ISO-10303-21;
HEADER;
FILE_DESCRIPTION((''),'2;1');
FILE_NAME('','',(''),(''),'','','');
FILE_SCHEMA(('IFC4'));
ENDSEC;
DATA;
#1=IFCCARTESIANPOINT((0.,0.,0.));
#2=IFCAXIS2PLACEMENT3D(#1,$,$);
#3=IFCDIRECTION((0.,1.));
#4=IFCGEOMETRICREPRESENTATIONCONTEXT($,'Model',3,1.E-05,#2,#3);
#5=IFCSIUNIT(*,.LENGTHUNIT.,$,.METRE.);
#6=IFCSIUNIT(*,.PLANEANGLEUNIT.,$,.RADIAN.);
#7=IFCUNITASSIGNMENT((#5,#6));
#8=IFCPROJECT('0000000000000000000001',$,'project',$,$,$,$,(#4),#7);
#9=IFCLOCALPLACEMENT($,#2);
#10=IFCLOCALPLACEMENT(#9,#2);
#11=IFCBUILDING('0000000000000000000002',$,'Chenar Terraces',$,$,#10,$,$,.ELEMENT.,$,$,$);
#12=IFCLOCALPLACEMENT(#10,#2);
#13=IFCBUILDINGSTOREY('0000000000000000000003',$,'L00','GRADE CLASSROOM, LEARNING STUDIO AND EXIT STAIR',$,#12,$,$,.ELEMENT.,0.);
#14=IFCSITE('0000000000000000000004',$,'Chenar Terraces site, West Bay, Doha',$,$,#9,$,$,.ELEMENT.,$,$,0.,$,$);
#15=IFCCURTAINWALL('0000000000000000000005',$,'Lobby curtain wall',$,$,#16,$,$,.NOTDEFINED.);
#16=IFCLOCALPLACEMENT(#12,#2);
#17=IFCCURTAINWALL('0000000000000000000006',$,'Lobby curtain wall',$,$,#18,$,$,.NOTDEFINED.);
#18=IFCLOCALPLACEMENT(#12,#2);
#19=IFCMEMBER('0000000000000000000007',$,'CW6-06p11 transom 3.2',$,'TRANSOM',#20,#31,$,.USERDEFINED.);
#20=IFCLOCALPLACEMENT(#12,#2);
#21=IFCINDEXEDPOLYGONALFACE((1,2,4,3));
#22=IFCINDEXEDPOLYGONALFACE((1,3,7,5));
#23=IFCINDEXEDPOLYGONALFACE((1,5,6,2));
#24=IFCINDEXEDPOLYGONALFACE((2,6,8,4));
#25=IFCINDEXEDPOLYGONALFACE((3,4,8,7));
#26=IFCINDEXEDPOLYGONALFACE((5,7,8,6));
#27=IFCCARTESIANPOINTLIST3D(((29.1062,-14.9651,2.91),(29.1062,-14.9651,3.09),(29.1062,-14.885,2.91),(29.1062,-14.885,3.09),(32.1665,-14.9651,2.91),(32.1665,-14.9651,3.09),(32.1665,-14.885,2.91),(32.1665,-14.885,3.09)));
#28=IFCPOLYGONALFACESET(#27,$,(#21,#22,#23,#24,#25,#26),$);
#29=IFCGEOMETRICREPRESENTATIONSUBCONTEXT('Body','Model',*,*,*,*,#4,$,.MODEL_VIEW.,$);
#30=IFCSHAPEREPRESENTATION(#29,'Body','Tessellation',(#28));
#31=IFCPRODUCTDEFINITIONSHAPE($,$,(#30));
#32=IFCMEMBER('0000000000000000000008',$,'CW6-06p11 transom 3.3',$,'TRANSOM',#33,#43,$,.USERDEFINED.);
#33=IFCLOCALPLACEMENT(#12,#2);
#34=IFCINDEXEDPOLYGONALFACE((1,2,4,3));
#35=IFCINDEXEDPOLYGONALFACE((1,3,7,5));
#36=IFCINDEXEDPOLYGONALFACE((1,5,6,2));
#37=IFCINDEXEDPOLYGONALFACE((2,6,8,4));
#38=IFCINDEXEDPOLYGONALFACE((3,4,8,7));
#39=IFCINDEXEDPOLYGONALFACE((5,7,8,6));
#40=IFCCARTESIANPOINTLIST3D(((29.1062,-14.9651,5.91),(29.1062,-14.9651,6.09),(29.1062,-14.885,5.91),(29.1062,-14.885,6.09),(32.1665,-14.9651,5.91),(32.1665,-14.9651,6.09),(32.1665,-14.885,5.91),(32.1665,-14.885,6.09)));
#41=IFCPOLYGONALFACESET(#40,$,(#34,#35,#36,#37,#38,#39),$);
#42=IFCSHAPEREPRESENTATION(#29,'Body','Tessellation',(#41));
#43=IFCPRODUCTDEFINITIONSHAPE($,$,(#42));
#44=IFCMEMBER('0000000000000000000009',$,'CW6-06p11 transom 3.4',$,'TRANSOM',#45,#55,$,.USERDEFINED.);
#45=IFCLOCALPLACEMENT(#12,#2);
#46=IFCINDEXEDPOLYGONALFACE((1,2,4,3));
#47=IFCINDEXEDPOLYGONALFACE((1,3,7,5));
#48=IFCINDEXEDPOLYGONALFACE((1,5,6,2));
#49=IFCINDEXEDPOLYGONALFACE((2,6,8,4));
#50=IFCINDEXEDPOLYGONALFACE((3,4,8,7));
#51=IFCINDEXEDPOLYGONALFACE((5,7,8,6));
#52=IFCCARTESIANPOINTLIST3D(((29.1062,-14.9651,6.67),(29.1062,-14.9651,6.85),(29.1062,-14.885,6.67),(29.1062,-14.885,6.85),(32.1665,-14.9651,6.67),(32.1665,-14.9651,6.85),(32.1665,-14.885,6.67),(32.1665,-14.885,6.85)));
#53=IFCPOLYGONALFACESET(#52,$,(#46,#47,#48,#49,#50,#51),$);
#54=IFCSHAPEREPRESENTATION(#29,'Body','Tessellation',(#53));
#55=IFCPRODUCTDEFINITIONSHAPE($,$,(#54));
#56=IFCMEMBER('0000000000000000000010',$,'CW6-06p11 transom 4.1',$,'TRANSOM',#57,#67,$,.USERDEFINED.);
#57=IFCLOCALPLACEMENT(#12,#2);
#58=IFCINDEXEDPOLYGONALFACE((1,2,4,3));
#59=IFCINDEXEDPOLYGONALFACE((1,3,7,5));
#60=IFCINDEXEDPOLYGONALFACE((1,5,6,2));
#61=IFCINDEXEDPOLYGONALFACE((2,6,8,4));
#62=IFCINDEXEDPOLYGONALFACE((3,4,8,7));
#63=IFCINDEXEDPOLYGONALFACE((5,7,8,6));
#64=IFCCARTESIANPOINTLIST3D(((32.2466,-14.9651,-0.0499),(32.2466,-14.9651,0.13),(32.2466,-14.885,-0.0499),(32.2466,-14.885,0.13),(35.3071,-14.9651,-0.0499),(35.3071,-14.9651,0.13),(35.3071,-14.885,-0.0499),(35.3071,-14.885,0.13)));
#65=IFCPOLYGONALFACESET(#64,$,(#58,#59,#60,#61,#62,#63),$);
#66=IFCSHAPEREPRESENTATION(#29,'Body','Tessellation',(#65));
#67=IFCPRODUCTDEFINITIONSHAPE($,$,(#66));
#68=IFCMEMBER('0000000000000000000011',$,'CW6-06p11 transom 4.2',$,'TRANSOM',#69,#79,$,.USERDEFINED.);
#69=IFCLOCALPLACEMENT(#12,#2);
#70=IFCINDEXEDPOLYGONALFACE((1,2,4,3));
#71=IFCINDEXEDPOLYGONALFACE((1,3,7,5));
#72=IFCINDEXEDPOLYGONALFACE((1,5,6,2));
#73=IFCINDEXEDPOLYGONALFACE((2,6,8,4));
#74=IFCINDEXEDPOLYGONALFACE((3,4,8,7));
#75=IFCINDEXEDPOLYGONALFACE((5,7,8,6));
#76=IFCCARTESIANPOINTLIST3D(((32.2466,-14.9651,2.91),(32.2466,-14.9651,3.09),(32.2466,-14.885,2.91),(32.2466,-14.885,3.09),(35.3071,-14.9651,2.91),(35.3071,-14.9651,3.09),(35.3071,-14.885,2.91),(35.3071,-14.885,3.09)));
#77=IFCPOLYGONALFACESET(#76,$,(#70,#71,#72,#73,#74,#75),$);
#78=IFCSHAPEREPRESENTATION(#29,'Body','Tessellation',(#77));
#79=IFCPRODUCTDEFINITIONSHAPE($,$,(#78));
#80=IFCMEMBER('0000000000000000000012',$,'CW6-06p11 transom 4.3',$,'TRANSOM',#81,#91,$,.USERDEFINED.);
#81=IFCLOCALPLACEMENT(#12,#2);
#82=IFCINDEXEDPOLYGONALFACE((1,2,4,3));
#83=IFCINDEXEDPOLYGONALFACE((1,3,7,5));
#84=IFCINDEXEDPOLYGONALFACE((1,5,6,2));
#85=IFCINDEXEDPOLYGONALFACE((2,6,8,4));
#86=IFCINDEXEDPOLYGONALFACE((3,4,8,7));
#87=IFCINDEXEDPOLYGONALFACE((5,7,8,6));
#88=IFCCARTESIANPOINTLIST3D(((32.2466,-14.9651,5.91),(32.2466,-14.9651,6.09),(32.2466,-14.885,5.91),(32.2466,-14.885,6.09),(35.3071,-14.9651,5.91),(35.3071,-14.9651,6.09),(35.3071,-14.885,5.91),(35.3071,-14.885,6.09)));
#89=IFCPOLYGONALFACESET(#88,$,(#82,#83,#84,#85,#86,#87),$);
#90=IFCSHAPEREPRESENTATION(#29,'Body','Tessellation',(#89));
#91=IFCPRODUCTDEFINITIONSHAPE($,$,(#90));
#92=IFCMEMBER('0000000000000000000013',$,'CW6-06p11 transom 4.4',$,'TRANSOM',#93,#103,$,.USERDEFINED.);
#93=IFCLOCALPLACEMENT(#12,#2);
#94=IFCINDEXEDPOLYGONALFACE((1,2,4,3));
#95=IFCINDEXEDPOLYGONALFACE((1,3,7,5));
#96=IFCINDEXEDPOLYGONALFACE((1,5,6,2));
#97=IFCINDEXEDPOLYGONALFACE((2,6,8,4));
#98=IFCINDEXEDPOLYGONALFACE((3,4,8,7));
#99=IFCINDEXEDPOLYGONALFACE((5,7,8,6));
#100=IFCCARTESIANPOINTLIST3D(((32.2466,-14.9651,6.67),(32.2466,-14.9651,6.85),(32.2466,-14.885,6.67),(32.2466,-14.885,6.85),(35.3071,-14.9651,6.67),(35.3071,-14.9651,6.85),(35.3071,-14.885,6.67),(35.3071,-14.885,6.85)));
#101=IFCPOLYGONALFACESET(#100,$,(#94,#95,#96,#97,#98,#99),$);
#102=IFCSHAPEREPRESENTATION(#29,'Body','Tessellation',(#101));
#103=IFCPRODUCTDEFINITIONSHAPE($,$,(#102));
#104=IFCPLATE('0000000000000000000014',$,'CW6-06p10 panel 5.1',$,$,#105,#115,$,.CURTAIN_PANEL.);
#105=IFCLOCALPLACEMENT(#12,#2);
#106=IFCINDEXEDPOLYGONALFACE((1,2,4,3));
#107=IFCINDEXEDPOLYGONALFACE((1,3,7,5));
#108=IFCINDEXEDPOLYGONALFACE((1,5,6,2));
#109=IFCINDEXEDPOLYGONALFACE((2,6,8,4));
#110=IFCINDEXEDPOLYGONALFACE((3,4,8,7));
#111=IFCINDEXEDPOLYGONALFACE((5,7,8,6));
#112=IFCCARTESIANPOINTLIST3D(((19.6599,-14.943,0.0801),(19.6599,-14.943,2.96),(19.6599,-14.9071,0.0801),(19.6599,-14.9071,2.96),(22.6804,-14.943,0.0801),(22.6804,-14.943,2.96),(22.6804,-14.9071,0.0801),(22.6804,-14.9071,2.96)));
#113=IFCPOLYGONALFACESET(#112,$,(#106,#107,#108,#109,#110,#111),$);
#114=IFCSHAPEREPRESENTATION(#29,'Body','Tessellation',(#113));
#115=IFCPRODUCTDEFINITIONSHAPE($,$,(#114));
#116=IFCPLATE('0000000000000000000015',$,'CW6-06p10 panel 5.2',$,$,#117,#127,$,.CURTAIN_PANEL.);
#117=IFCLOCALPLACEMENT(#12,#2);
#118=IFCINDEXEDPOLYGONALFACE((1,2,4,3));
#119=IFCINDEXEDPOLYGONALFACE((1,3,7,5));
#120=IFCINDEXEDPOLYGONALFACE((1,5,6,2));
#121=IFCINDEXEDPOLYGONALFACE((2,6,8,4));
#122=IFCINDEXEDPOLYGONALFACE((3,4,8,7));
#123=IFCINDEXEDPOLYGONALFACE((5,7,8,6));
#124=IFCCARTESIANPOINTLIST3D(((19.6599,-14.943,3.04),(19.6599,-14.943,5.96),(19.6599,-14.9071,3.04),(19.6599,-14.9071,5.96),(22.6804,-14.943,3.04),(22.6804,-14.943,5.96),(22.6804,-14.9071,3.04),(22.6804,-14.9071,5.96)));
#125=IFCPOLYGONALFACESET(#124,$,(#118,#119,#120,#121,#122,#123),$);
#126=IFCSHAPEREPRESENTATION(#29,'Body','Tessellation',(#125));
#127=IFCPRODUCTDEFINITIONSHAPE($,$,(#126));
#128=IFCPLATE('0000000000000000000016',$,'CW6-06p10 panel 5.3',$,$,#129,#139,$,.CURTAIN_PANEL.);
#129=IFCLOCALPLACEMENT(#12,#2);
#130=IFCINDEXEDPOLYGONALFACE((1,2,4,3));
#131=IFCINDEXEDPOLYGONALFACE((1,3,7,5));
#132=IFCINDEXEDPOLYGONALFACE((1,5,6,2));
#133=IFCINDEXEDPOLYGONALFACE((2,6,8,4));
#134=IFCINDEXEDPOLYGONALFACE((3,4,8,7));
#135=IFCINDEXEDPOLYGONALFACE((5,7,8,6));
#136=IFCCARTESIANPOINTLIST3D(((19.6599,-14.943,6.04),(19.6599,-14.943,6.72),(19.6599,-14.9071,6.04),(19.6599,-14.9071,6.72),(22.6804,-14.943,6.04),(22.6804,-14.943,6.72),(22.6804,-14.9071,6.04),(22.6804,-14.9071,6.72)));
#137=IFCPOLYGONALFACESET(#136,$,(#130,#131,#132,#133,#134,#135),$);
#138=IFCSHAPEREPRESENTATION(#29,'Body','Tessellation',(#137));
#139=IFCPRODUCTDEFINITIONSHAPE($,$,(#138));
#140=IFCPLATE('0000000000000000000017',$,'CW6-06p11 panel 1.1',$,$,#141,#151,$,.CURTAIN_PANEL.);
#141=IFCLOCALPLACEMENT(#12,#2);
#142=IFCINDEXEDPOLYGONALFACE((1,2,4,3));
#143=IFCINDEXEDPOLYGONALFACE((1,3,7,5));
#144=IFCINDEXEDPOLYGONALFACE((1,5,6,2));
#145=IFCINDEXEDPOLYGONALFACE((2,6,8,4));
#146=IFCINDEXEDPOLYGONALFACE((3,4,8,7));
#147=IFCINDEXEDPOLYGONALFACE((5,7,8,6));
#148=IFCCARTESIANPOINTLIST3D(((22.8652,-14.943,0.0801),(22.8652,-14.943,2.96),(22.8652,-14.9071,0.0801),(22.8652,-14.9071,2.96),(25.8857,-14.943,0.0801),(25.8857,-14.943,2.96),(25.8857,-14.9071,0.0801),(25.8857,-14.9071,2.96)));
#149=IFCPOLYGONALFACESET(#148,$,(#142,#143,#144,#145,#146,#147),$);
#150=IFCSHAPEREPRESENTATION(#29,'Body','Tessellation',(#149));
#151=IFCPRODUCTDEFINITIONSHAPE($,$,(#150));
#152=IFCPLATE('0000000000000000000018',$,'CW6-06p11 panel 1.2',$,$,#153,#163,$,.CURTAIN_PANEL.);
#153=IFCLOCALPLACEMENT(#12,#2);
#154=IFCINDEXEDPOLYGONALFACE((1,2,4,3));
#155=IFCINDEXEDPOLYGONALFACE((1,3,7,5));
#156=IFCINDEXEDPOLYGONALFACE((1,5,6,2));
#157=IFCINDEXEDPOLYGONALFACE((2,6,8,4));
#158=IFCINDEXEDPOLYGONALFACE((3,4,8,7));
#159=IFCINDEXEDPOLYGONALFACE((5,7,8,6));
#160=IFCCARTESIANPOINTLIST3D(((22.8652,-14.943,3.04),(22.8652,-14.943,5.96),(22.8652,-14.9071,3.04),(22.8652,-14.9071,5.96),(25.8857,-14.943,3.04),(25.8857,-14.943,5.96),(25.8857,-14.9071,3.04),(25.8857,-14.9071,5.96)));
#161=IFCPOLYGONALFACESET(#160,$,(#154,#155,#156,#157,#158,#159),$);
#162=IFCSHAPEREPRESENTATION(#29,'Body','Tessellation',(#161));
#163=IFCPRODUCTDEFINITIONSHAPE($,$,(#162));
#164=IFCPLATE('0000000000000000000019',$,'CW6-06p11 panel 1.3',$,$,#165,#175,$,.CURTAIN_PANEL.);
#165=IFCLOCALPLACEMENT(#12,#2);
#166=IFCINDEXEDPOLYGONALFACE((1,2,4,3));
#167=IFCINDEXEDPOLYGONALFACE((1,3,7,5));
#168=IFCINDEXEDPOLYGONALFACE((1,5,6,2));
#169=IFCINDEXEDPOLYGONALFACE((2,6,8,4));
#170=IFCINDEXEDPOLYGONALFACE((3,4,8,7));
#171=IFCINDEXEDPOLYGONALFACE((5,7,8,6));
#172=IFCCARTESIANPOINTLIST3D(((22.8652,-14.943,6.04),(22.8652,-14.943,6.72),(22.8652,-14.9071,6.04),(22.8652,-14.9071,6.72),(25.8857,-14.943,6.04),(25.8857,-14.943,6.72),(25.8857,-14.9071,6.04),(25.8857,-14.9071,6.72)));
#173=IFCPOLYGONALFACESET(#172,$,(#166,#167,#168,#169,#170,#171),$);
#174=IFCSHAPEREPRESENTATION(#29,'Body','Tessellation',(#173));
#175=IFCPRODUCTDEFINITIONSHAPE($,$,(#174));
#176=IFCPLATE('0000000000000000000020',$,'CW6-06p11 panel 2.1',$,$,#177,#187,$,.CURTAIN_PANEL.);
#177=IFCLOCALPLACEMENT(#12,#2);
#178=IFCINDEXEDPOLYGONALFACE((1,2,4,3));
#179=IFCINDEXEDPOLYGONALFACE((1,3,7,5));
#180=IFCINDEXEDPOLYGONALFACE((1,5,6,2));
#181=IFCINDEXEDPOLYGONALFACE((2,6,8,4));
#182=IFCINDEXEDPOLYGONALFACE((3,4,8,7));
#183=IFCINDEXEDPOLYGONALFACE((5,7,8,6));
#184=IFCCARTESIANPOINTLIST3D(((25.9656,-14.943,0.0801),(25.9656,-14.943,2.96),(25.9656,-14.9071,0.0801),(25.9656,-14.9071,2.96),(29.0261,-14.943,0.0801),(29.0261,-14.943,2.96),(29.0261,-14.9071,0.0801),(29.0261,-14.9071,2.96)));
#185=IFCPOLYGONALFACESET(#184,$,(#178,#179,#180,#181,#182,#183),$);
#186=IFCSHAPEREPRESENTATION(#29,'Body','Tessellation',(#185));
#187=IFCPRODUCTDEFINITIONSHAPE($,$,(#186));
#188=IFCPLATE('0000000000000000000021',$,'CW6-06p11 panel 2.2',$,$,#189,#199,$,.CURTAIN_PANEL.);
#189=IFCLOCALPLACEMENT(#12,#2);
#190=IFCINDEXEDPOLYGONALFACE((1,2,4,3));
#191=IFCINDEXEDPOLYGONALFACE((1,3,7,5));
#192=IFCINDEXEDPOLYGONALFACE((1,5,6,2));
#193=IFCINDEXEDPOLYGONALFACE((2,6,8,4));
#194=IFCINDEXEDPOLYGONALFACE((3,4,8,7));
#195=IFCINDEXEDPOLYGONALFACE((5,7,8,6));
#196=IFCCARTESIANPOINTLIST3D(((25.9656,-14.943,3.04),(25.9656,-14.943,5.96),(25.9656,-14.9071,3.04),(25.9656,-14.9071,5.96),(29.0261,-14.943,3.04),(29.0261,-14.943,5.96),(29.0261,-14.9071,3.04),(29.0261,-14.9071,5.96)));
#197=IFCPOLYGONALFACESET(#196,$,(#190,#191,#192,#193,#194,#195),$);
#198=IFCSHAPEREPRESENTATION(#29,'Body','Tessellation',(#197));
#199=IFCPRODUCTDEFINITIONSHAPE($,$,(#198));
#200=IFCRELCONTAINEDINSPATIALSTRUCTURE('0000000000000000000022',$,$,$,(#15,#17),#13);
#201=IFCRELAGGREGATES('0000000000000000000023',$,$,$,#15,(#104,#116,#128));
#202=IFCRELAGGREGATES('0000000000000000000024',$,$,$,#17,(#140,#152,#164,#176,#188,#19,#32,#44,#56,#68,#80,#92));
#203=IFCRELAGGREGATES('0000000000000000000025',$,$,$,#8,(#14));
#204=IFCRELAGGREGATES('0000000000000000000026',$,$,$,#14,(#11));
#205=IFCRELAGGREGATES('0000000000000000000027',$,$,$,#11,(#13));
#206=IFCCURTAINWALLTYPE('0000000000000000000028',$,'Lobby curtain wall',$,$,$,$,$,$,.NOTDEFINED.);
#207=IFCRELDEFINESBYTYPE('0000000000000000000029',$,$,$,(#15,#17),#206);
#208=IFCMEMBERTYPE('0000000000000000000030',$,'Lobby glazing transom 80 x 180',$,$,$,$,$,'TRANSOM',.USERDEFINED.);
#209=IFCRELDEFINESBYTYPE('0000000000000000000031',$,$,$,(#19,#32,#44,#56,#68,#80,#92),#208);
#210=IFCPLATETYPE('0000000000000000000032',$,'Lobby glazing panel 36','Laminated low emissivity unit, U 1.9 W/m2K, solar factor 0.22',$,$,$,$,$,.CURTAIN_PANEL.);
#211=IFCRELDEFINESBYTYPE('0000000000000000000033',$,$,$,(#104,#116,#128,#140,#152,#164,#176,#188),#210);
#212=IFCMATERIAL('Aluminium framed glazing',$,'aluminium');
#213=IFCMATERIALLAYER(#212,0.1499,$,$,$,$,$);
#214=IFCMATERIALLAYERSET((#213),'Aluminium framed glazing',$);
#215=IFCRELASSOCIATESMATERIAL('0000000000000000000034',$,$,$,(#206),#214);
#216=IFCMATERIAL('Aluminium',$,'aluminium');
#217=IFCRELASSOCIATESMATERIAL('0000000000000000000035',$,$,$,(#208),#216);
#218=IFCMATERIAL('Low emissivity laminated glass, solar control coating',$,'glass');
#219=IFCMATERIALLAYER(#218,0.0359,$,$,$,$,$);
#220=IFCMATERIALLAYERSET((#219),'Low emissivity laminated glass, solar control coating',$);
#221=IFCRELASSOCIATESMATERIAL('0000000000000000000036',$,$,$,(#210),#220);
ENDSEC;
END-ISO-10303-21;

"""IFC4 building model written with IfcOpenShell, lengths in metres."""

from ifc_helpers import new_model, si_unit, direction, frame, origin, origin_2d, place, context, subcontext, project, spatial, rectangle, extrude, material, layer, layer_set, material_profile, profile_set, type_object, element, aggregate, save


model = new_model("IFC4")

# Units and contexts
model_context = context("Model", 3, precision=1e-05, world=origin(), true_north=direction((0.0, 1.0)))
body_context = subcontext(model_context, "Body", "Model", "MODEL_VIEW")
ifc_project = project(units=[si_unit("LENGTHUNIT", "METRE"), si_unit("PLANEANGLEUNIT", "RADIAN")], contexts=[model_context])

# Site, building, storey
site_placement = place(None, origin())
site = spatial("IfcSite", under=ifc_project, at=site_placement, Name="Chenar Terraces site, West Bay, Doha", CompositionType="ELEMENT", RefElevation=0.0)
building_placement = place(site_placement, origin())
building = spatial("IfcBuilding", under=site, at=building_placement, Name="Chenar Terraces", CompositionType="ELEMENT")
storey_placement = place(building_placement, origin())
storey = spatial("IfcBuildingStorey", under=building, at=storey_placement, Name="L00", Description="GRADE CLASSROOM, LEARNING STUDIO AND EXIT STAIR", CompositionType="ELEMENT", Elevation=0.0)

# Curtain wall
ifc_material_1 = material(Name="Aluminium framed glazing", Category="aluminium")
ifc_layer_1 = layer(ifc_material_1, 0.1499)
ifc_layer_set_1 = layer_set([ifc_layer_1], Name="Aluminium framed glazing")
curtain_wall_type = type_object("IfcCurtainWallType", Name="Lobby curtain wall", PredefinedType="NOTDEFINED", material=ifc_layer_set_1)
placement = place(storey_placement, origin())
curtain_wall_1 = element("IfcCurtainWall", 1, at=placement, inside=storey, type_object=curtain_wall_type, Name="Lobby curtain wall", PredefinedType="NOTDEFINED")

# Curtain wall, members
curtain_wall_2 = element("IfcCurtainWall", 2, at=placement, inside=storey, type_object=curtain_wall_type, Name="Lobby curtain wall", PredefinedType="NOTDEFINED")
ifc_material_2 = material(Name="Aluminium", Category="aluminium")
ifc_material_profile_1 = material_profile(ifc_material_2, rectangle(XDim=0.0801, YDim=0.1799, at=origin_2d()), Name="Lobby glazing transom 80 x 180")
ifc_profile_set_1 = profile_set([ifc_material_profile_1], Name="Aluminium")
member_type_1 = type_object("IfcMemberType", Name="Lobby glazing transom 80 x 180", ElementType="TRANSOM", PredefinedType="USERDEFINED", material=ifc_profile_set_1)
member_1_placement = place(storey_placement, frame((29.1062, -14.925, 3.0), z_axis=(1.0, 0.0, 0.0), x_axis=(0.0, 1.0, 0.0)))
member_1 = element("IfcMember", 3, at=member_1_placement, type_object=member_type_1, Name="CW6-06p11 transom 3.2", ObjectType="TRANSOM", PredefinedType="USERDEFINED", context=body_context, shape_type="SweptSolid", body=[
    extrude(rectangle(XDim=0.0801, YDim=0.1799, at=origin_2d()), origin(), (0.0, 0.0, 1.0), 3.0603),
])
member_2_placement = place(storey_placement, frame((29.1062, -14.925, 6.0), z_axis=(1.0, 0.0, 0.0), x_axis=(0.0, 1.0, 0.0)))
member_2 = element("IfcMember", 4, at=member_2_placement, type_object=member_type_1, Name="CW6-06p11 transom 3.3", ObjectType="TRANSOM", PredefinedType="USERDEFINED", context=body_context, shape_type="SweptSolid", body=[
    extrude(rectangle(XDim=0.0801, YDim=0.1799, at=origin_2d()), origin(), (0.0, 0.0, 1.0), 3.0603),
])
member_3_placement = place(storey_placement, frame((29.1062, -14.925, 6.76), z_axis=(1.0, 0.0, 0.0), x_axis=(0.0, 1.0, 0.0)))
member_3 = element("IfcMember", 5, at=member_3_placement, type_object=member_type_1, Name="CW6-06p11 transom 3.4", ObjectType="TRANSOM", PredefinedType="USERDEFINED", context=body_context, shape_type="SweptSolid", body=[
    extrude(rectangle(XDim=0.0801, YDim=0.1799, at=origin_2d()), origin(), (0.0, 0.0, 1.0), 3.0603),
])
member_4_placement = place(storey_placement, frame((32.2466, -14.925, 0.04), z_axis=(1.0, 0.0, 0.0), x_axis=(0.0, 1.0, 0.0)))
member_4 = element("IfcMember", 6, at=member_4_placement, type_object=member_type_1, Name="CW6-06p11 transom 4.1", ObjectType="TRANSOM", PredefinedType="USERDEFINED", context=body_context, shape_type="SweptSolid", body=[
    extrude(rectangle(XDim=0.0801, YDim=0.1799, at=origin_2d()), origin(), (0.0, 0.0, 1.0), 3.0605),
])
member_5_placement = place(storey_placement, frame((32.2466, -14.925, 3.0), z_axis=(1.0, 0.0, 0.0), x_axis=(0.0, 1.0, 0.0)))
member_5 = element("IfcMember", 7, at=member_5_placement, type_object=member_type_1, Name="CW6-06p11 transom 4.2", ObjectType="TRANSOM", PredefinedType="USERDEFINED", context=body_context, shape_type="SweptSolid", body=[
    extrude(rectangle(XDim=0.0801, YDim=0.1799, at=origin_2d()), origin(), (0.0, 0.0, 1.0), 3.0605),
])
member_6_placement = place(storey_placement, frame((32.2466, -14.925, 6.0), z_axis=(1.0, 0.0, 0.0), x_axis=(0.0, 1.0, 0.0)))
member_6 = element("IfcMember", 8, at=member_6_placement, type_object=member_type_1, Name="CW6-06p11 transom 4.3", ObjectType="TRANSOM", PredefinedType="USERDEFINED", context=body_context, shape_type="SweptSolid", body=[
    extrude(rectangle(XDim=0.0801, YDim=0.1799, at=origin_2d()), origin(), (0.0, 0.0, 1.0), 3.0605),
])
member_7_placement = place(storey_placement, frame((32.2466, -14.925, 6.76), z_axis=(1.0, 0.0, 0.0), x_axis=(0.0, 1.0, 0.0)))
member_7 = element("IfcMember", 9, at=member_7_placement, type_object=member_type_1, Name="CW6-06p11 transom 4.4", ObjectType="TRANSOM", PredefinedType="USERDEFINED", context=body_context, shape_type="SweptSolid", body=[
    extrude(rectangle(XDim=0.0801, YDim=0.1799, at=origin_2d()), origin(), (0.0, 0.0, 1.0), 3.0605),
])

# Plates
ifc_material_3 = material(Name="Low emissivity laminated glass, solar control coating", Category="glass")
ifc_layer_2 = layer(ifc_material_3, 0.0359)
ifc_layer_set_2 = layer_set([ifc_layer_2], Name="Low emissivity laminated glass, solar control coating")
plate_type = type_object("IfcPlateType", Name="Lobby glazing panel 36", Description="Laminated low emissivity unit, U 1.9 W/m2K, solar factor 0.22", PredefinedType="CURTAIN_PANEL", material=ifc_layer_set_2)
plate_1_placement = place(storey_placement, frame((21.1702, -14.925, 0.0801), z_axis=(0.0, 0.0, 1.0), x_axis=(1.0, 0.0, 0.0)))
plate_1 = element("IfcPlate", 10, at=plate_1_placement, type_object=plate_type, Name="CW6-06p10 panel 5.1", PredefinedType="CURTAIN_PANEL", context=body_context, shape_type="SweptSolid", body=[
    extrude(rectangle(XDim=3.0205, YDim=0.0359, at=origin_2d()), origin(), (0.0, 0.0, 1.0), 2.8799),
])
plate_2_placement = place(storey_placement, frame((21.1702, -14.925, 3.04), z_axis=(0.0, 0.0, 1.0), x_axis=(1.0, 0.0, 0.0)))
plate_2 = element("IfcPlate", 11, at=plate_2_placement, type_object=plate_type, Name="CW6-06p10 panel 5.2", PredefinedType="CURTAIN_PANEL", context=body_context, shape_type="SweptSolid", body=[
    extrude(rectangle(XDim=3.0205, YDim=0.0359, at=origin_2d()), origin(), (0.0, 0.0, 1.0), 2.9199),
])
plate_3_placement = place(storey_placement, frame((21.1702, -14.925, 6.04), z_axis=(0.0, 0.0, 1.0), x_axis=(1.0, 0.0, 0.0)))
plate_3 = element("IfcPlate", 12, at=plate_3_placement, type_object=plate_type, Name="CW6-06p10 panel 5.3", PredefinedType="CURTAIN_PANEL", context=body_context, shape_type="SweptSolid", body=[
    extrude(rectangle(XDim=3.0205, YDim=0.0359, at=origin_2d()), origin(), (0.0, 0.0, 1.0), 0.6799),
])
aggregate(curtain_wall_1, [plate_1, plate_2, plate_3])
plate_4_placement = place(storey_placement, frame((24.3755, -14.925, 0.0801), z_axis=(0.0, 0.0, 1.0), x_axis=(1.0, 0.0, 0.0)))
plate_4 = element("IfcPlate", 13, at=plate_4_placement, type_object=plate_type, Name="CW6-06p11 panel 1.1", PredefinedType="CURTAIN_PANEL", context=body_context, shape_type="SweptSolid", body=[
    extrude(rectangle(XDim=3.0205, YDim=0.0359, at=origin_2d()), origin(), (0.0, 0.0, 1.0), 2.8799),
])
plate_5_placement = place(storey_placement, frame((24.3755, -14.925, 3.04), z_axis=(0.0, 0.0, 1.0), x_axis=(1.0, 0.0, 0.0)))
plate_5 = element("IfcPlate", 14, at=plate_5_placement, type_object=plate_type, Name="CW6-06p11 panel 1.2", PredefinedType="CURTAIN_PANEL", context=body_context, shape_type="SweptSolid", body=[
    extrude(rectangle(XDim=3.0205, YDim=0.0359, at=origin_2d()), origin(), (0.0, 0.0, 1.0), 2.9199),
])
plate_6_placement = place(storey_placement, frame((24.3755, -14.925, 6.04), z_axis=(0.0, 0.0, 1.0), x_axis=(1.0, 0.0, 0.0)))
plate_6 = element("IfcPlate", 15, at=plate_6_placement, type_object=plate_type, Name="CW6-06p11 panel 1.3", PredefinedType="CURTAIN_PANEL", context=body_context, shape_type="SweptSolid", body=[
    extrude(rectangle(XDim=3.0205, YDim=0.0359, at=origin_2d()), origin(), (0.0, 0.0, 1.0), 0.6799),
])
plate_7_placement = place(storey_placement, frame((27.4958, -14.925, 0.0801), z_axis=(0.0, 0.0, 1.0), x_axis=(1.0, 0.0, 0.0)))
plate_7 = element("IfcPlate", 16, at=plate_7_placement, type_object=plate_type, Name="CW6-06p11 panel 2.1", PredefinedType="CURTAIN_PANEL", context=body_context, shape_type="SweptSolid", body=[
    extrude(rectangle(XDim=3.0605, YDim=0.0359, at=origin_2d()), origin(), (0.0, 0.0, 1.0), 2.8799),
])
plate_8_placement = place(storey_placement, frame((27.4958, -14.925, 3.04), z_axis=(0.0, 0.0, 1.0), x_axis=(1.0, 0.0, 0.0)))
plate_8 = element("IfcPlate", 17, at=plate_8_placement, type_object=plate_type, Name="CW6-06p11 panel 2.2", PredefinedType="CURTAIN_PANEL", context=body_context, shape_type="SweptSolid", body=[
    extrude(rectangle(XDim=3.0605, YDim=0.0359, at=origin_2d()), origin(), (0.0, 0.0, 1.0), 2.9199),
])
aggregate(curtain_wall_2, [plate_4, plate_5, plate_6, plate_7, plate_8, member_1, member_2, member_3, member_4, member_5, member_6, member_7])

save(model, "model.ifc")
